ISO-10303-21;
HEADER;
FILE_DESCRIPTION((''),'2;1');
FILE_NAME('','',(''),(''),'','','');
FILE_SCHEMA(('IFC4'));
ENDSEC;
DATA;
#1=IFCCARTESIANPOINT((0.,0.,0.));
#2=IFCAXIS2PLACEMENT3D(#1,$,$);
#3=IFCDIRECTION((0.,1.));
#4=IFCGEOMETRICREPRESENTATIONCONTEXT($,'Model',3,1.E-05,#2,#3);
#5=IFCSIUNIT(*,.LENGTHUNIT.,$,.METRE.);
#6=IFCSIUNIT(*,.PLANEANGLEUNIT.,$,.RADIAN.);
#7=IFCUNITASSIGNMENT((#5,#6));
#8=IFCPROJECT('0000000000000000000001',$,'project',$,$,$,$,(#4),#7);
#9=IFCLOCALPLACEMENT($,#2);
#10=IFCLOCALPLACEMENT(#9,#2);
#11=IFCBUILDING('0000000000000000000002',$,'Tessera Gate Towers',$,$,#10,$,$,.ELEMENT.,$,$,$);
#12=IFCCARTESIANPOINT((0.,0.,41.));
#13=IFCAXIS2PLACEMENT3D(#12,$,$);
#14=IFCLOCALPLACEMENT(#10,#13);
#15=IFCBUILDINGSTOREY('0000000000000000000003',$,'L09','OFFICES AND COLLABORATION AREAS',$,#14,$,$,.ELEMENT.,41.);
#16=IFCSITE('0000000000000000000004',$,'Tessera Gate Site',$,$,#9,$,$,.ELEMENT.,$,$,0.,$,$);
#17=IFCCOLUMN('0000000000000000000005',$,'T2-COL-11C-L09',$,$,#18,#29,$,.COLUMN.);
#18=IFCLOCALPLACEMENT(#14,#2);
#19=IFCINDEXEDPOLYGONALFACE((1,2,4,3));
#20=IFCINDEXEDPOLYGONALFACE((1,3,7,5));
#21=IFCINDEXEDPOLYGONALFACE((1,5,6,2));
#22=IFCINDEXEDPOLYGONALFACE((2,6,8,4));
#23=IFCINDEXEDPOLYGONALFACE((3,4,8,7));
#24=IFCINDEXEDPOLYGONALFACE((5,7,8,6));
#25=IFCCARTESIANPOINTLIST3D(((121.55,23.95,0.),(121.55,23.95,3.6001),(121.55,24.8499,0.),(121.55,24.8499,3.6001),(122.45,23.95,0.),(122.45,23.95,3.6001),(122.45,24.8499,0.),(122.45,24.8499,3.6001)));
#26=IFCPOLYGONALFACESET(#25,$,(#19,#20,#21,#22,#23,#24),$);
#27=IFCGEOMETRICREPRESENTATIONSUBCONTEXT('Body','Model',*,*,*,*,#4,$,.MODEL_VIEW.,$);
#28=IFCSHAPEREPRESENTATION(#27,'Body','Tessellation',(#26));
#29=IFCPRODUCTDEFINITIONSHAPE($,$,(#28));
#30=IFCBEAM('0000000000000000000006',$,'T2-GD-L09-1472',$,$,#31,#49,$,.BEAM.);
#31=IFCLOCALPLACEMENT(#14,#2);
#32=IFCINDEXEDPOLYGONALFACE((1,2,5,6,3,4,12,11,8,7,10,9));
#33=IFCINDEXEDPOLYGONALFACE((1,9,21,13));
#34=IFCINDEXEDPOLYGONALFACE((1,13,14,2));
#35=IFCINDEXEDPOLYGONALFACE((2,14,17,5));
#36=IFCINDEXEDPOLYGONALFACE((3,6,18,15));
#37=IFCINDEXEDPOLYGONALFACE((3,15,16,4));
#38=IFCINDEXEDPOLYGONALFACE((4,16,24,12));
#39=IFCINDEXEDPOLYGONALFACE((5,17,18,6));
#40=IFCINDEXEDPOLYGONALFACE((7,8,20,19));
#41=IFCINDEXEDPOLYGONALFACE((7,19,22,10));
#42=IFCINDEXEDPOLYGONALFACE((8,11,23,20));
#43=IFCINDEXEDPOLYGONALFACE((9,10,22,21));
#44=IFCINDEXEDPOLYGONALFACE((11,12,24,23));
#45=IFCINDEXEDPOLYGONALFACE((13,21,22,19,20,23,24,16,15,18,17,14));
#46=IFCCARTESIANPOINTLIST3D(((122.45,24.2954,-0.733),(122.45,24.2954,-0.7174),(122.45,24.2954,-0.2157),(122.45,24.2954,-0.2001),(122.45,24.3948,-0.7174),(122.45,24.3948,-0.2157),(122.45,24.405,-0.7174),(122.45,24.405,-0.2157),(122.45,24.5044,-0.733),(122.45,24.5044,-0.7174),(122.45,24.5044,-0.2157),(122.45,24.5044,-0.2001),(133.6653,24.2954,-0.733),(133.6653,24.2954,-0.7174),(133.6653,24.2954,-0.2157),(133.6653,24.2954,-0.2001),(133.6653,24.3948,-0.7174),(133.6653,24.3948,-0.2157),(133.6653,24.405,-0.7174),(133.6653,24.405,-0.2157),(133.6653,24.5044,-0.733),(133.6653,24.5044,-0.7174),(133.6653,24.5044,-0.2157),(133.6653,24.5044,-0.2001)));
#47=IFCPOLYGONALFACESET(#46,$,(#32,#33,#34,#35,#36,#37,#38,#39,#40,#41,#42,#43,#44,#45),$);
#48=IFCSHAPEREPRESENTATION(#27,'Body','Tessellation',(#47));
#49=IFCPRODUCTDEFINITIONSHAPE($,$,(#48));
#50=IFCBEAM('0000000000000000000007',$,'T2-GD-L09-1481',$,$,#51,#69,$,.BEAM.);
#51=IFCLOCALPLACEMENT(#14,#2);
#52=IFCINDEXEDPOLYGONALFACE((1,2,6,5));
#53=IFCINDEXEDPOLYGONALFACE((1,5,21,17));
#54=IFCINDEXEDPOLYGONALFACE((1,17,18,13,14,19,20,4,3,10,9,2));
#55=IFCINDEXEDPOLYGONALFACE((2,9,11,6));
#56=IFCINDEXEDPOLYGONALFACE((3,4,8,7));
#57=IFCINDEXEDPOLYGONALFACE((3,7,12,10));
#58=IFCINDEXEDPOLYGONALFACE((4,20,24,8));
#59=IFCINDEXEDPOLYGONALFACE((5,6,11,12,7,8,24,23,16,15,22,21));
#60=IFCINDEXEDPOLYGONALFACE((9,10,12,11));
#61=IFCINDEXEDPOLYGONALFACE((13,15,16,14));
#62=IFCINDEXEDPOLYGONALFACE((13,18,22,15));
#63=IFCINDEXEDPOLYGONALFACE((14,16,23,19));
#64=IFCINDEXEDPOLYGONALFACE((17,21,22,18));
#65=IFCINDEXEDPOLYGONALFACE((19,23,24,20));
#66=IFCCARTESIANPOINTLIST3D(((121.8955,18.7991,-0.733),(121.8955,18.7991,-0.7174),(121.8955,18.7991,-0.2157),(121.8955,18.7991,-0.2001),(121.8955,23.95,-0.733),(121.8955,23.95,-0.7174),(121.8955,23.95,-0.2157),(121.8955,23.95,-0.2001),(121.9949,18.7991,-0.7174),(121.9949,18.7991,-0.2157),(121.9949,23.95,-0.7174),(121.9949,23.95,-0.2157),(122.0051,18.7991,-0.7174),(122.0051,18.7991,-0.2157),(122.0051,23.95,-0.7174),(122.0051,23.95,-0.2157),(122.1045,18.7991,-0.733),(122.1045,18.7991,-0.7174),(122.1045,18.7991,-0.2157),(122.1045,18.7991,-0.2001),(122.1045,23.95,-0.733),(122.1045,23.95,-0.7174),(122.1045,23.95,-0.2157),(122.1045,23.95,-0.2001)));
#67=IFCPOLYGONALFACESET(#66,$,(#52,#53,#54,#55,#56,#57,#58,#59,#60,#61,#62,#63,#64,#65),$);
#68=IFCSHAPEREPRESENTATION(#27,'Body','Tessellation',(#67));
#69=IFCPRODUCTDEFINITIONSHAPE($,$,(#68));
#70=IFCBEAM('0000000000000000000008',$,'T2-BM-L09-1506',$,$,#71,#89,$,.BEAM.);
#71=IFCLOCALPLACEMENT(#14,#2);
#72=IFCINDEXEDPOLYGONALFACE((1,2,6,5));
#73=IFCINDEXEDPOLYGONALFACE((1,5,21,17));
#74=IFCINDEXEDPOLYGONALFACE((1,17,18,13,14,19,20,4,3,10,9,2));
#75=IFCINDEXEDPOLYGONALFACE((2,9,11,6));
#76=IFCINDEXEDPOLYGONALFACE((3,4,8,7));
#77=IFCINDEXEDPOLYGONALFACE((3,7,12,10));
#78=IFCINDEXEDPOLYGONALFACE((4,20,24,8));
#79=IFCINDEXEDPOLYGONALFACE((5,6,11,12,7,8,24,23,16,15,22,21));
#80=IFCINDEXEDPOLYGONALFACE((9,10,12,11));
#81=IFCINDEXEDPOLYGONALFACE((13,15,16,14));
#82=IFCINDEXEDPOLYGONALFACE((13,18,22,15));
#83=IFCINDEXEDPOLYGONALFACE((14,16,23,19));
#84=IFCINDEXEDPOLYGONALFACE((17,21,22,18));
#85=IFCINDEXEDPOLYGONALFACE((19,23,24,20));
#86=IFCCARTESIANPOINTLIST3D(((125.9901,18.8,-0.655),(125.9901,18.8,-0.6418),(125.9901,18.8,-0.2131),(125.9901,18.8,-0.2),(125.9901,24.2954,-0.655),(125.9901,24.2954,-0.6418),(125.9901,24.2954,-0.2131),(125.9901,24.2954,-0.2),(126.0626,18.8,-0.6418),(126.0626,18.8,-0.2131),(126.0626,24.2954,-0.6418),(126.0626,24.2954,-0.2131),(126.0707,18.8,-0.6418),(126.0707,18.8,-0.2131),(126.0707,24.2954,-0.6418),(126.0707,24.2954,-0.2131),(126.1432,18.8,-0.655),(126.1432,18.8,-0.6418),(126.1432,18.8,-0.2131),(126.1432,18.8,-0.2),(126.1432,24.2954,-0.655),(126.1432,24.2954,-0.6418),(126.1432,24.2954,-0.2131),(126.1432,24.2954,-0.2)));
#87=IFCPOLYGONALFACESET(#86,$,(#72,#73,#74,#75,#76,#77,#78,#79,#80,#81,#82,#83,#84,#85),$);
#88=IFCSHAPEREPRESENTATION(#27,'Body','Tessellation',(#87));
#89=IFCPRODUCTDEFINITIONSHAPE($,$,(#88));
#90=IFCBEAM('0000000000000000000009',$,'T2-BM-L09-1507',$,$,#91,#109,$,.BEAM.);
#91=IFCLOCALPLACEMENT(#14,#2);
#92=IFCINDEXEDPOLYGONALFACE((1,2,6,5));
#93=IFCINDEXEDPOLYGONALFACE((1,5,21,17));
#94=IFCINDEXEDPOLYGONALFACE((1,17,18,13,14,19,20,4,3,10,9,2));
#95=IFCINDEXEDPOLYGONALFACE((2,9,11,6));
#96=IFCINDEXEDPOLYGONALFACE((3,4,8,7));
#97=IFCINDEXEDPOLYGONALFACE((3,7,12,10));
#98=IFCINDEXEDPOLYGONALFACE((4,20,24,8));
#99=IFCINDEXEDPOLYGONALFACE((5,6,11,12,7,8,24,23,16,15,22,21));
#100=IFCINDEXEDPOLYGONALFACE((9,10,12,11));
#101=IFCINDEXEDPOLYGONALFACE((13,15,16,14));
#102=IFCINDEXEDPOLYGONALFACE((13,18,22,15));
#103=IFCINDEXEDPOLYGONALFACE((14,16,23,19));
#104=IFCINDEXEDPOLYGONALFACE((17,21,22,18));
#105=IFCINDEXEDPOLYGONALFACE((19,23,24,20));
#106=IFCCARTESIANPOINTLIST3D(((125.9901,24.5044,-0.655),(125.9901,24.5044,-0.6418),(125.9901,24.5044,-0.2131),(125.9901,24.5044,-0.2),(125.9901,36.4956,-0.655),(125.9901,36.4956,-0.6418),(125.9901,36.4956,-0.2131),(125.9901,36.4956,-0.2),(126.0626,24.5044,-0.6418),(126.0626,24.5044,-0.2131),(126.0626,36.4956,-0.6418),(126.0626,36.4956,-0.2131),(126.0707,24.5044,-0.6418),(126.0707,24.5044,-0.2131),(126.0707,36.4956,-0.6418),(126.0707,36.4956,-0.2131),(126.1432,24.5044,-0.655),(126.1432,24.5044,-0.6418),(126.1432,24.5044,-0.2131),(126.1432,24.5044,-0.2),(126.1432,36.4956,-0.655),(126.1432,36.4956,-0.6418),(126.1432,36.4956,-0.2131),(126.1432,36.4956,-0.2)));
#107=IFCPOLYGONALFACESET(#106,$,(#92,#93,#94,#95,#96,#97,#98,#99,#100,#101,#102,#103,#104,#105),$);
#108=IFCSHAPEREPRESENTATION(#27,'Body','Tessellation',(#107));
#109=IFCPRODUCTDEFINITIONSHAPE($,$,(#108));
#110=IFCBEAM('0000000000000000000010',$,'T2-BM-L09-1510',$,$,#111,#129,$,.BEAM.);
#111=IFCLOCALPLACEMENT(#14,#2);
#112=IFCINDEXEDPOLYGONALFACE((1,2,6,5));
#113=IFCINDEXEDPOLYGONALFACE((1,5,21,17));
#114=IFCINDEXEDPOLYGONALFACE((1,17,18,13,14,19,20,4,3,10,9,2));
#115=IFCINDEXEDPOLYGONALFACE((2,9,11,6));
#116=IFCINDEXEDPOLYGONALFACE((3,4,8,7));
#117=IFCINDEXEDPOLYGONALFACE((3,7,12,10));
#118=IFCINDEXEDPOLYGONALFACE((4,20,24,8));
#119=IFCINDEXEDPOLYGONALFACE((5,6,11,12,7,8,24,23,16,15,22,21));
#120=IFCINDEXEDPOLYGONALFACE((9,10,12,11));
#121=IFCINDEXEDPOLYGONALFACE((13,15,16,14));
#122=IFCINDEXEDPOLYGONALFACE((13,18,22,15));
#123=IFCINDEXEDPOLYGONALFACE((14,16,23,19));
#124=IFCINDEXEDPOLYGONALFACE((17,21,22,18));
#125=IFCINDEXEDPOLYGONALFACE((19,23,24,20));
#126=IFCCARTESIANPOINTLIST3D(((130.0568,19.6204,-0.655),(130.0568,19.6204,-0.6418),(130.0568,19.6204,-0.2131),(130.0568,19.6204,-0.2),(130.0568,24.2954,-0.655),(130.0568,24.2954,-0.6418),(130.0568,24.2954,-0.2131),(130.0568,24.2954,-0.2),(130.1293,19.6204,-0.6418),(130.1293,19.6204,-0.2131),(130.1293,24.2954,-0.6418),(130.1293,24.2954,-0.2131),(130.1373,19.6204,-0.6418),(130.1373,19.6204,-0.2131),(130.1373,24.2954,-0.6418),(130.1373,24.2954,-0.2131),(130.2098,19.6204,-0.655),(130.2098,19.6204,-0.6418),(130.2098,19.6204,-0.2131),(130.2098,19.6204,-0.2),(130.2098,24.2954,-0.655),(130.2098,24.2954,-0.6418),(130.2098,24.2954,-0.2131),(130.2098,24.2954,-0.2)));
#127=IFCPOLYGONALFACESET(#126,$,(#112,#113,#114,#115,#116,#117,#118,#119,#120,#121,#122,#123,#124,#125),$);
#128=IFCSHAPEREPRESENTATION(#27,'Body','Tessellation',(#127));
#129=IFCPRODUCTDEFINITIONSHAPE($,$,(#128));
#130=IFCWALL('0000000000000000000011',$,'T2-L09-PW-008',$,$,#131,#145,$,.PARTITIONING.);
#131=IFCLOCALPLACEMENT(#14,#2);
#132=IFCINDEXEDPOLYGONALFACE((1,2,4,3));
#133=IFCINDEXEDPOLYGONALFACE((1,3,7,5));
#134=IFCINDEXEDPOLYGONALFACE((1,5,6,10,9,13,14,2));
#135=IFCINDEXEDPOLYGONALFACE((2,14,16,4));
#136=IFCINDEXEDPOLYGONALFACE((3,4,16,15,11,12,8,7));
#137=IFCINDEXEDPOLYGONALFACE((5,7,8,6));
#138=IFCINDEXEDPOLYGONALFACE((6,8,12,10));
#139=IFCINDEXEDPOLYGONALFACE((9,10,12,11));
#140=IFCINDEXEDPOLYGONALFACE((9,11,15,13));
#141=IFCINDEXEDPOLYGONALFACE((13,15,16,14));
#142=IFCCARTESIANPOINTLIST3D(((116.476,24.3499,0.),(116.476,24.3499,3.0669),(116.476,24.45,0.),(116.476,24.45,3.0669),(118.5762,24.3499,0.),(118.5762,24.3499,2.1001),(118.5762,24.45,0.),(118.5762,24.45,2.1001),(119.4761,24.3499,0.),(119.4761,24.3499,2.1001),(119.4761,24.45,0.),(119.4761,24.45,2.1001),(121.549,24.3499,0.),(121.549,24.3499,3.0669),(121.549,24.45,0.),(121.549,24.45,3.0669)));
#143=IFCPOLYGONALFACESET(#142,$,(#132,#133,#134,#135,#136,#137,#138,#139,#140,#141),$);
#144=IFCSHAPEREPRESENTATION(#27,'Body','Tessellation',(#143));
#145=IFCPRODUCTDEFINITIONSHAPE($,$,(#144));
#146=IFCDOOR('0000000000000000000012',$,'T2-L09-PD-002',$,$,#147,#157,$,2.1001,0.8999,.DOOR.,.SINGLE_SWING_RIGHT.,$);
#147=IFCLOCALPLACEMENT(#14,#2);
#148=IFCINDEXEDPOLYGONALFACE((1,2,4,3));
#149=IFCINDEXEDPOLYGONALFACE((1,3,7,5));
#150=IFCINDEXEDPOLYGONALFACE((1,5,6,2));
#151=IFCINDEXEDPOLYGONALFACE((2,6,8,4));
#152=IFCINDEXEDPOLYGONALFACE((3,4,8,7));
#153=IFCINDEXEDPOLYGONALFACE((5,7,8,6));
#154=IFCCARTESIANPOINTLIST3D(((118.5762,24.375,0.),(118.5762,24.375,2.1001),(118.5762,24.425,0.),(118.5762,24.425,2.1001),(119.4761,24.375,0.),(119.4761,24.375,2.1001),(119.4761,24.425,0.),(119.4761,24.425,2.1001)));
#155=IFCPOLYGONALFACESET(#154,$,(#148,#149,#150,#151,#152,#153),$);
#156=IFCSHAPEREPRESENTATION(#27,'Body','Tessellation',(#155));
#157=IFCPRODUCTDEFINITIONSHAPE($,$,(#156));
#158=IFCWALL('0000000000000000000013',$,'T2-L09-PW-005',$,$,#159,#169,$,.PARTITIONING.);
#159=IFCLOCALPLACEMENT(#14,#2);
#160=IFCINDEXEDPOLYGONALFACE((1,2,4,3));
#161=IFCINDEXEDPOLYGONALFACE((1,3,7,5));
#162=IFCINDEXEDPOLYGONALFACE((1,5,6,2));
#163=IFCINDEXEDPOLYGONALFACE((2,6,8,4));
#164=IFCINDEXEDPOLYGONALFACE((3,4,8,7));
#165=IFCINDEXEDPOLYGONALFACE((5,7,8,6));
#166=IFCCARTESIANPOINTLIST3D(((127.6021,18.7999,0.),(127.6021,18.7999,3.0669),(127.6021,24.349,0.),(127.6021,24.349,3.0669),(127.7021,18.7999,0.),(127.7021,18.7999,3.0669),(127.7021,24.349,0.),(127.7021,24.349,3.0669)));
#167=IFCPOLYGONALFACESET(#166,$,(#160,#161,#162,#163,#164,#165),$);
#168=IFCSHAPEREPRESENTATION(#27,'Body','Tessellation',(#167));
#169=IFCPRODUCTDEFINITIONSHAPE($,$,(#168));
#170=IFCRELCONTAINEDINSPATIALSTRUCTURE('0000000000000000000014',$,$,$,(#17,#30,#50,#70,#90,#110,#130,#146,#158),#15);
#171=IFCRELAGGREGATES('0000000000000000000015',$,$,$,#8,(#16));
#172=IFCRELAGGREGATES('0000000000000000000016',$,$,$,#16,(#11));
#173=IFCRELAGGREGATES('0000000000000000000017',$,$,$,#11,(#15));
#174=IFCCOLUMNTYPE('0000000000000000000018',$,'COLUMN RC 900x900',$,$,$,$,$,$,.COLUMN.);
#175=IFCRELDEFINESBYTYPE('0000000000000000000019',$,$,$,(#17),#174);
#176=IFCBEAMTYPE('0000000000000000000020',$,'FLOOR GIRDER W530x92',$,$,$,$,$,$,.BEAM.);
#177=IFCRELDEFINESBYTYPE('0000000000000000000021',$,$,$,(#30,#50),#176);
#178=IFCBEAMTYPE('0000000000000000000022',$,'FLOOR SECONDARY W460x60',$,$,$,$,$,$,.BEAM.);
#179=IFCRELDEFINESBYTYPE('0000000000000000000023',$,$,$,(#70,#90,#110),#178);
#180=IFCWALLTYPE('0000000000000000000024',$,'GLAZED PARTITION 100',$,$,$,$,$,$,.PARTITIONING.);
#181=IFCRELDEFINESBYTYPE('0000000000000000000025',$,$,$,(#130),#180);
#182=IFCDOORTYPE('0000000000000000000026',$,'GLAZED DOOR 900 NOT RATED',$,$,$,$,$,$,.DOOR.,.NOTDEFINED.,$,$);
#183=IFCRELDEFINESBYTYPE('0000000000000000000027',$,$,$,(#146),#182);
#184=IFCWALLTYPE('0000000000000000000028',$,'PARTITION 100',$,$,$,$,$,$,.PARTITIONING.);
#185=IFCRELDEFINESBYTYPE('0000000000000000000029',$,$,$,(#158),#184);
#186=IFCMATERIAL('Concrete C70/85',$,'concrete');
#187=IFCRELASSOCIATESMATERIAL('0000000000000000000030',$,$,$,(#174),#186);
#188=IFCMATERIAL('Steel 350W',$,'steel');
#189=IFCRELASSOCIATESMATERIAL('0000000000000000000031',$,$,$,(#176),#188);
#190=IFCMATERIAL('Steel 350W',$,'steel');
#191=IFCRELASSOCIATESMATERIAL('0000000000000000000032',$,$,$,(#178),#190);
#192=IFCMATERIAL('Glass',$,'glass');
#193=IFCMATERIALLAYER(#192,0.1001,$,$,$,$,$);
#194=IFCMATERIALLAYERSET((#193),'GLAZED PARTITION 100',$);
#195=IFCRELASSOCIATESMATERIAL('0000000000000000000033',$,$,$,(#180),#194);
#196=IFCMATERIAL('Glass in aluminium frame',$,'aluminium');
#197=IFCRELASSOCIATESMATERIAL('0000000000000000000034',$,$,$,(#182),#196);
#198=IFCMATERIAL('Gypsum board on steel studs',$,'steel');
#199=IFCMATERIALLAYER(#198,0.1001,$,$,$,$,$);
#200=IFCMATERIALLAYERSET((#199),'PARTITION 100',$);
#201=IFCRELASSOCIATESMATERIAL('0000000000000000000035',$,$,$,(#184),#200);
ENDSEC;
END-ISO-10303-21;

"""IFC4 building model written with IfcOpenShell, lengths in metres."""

from ifc_helpers import new_model, si_unit, direction, frame, frame_2d, origin, origin_2d, place, context, subcontext, project, spatial, rectangle, i_section, extrude, source, transform, mapped, material, layer, layer_set, material_profile, profile_set, type_object, element, fill, save


model = new_model("IFC4")

# Units and contexts
model_context = context("Model", 3, precision=1e-05, world=origin(), true_north=direction((0.0, 1.0)))
body_context = subcontext(model_context, "Body", "Model", "MODEL_VIEW")
ifc_project = project(units=[si_unit("LENGTHUNIT", "METRE"), si_unit("PLANEANGLEUNIT", "RADIAN")], contexts=[model_context])

# Site, building, storey
site_placement = place(None, origin())
site = spatial("IfcSite", under=ifc_project, at=site_placement, Name="Tessera Gate Site", CompositionType="ELEMENT", RefElevation=0.0)
building_placement = place(site_placement, origin())
building = spatial("IfcBuilding", under=site, at=building_placement, Name="Tessera Gate Towers", CompositionType="ELEMENT")
storey_placement = place(building_placement, frame((0.0, 0.0, 41.0)))
storey = spatial("IfcBuildingStorey", under=building, at=storey_placement, Name="L09", Description="OFFICES AND COLLABORATION AREAS", CompositionType="ELEMENT", Elevation=41.0)

# Column
ifc_material_1 = material(Name="Concrete C70/85", Category="concrete")
ifc_material_profile_1 = material_profile(ifc_material_1, rectangle(XDim=0.8999, YDim=0.8999, at=origin_2d()), Name="RC 900x900")
ifc_profile_set_1 = profile_set([ifc_material_profile_1], Name="Concrete C70/85")
column_type = type_object("IfcColumnType", Name="COLUMN RC 900x900", PredefinedType="COLUMN", material=ifc_profile_set_1)
column_placement = place(storey_placement, frame((122.0, 24.3999, 0.0), z_axis=(0.0, 0.0, 1.0), x_axis=(1.0, 0.0, 0.0)))
element("IfcColumn", 1, at=column_placement, inside=storey, type_object=column_type, Name="T2-COL-11C-L09", PredefinedType="COLUMN", context=body_context, shape_type="SweptSolid", body=[
    extrude(rectangle(XDim=0.8999, YDim=0.8999, at=origin_2d()), origin(), (0.0, 0.0, 1.0), 3.6001),
])

# Beams
ifc_material_2 = material(Name="Steel 350W", Category="steel")
ifc_material_profile_2 = material_profile(ifc_material_2, i_section(OverallWidth=0.209, OverallDepth=0.533, WebThickness=0.0103, FlangeThickness=0.0156, at=origin_2d()), Name="W530x92")
ifc_profile_set_2 = profile_set([ifc_material_profile_2], Name="Steel 350W")
beam_type_1 = type_object("IfcBeamType", Name="FLOOR GIRDER W530x92", PredefinedType="BEAM", material=ifc_profile_set_2)
beam_1_placement = place(storey_placement, frame((122.45, 24.3999, -0.4666), z_axis=(1.0, 0.0, 0.0), x_axis=(0.0, 1.0, 0.0)))
element("IfcBeam", 2, at=beam_1_placement, inside=storey, type_object=beam_type_1, Name="T2-GD-L09-1472", PredefinedType="BEAM", context=body_context, shape_type="SweptSolid", body=[
    extrude(i_section(OverallWidth=0.209, OverallDepth=0.533, WebThickness=0.0103, FlangeThickness=0.0156, at=origin_2d()), origin(), (0.0, 0.0, 1.0), 11.2153),
])
beam_2_placement = place(storey_placement, frame((122.0, 18.7991, -0.4666), z_axis=(0.0, 1.0, 0.0), x_axis=(-1.0, 0.0, 0.0)))
element("IfcBeam", 3, at=beam_2_placement, inside=storey, type_object=beam_type_1, Name="T2-GD-L09-1481", PredefinedType="BEAM", context=body_context, shape_type="SweptSolid", body=[
    extrude(i_section(OverallWidth=0.209, OverallDepth=0.533, WebThickness=0.0103, FlangeThickness=0.0156, at=origin_2d()), origin(), (0.0, 0.0, 1.0), 5.1509),
])
ifc_material_3 = material(Name="Steel 350W", Category="steel")
ifc_material_profile_3 = material_profile(ifc_material_3, i_section(OverallWidth=0.1531, OverallDepth=0.4551, WebThickness=0.0081, FlangeThickness=0.0132, at=origin_2d()), Name="W460x60")
ifc_profile_set_3 = profile_set([ifc_material_profile_3], Name="Steel 350W")
beam_type_2 = type_object("IfcBeamType", Name="FLOOR SECONDARY W460x60", PredefinedType="BEAM", material=ifc_profile_set_3)
beam_3_placement = place(storey_placement, frame((126.0667, 18.8, -0.4275), z_axis=(0.0, 1.0, 0.0), x_axis=(-1.0, 0.0, 0.0)))
element("IfcBeam", 4, at=beam_3_placement, inside=storey, type_object=beam_type_2, Name="T2-BM-L09-1506", PredefinedType="BEAM", context=body_context, shape_type="SweptSolid", body=[
    extrude(i_section(OverallWidth=0.1531, OverallDepth=0.4551, WebThickness=0.0081, FlangeThickness=0.0132, at=origin_2d()), origin(), (0.0, 0.0, 1.0), 5.4954),
])
beam_4_placement = place(storey_placement, frame((126.0667, 24.5044, -0.4275), z_axis=(0.0, 1.0, 0.0), x_axis=(-1.0, 0.0, 0.0)))
element("IfcBeam", 5, at=beam_4_placement, inside=storey, type_object=beam_type_2, Name="T2-BM-L09-1507", PredefinedType="BEAM", context=body_context, shape_type="SweptSolid", body=[
    extrude(i_section(OverallWidth=0.1531, OverallDepth=0.4551, WebThickness=0.0081, FlangeThickness=0.0132, at=origin_2d()), origin(), (0.0, 0.0, 1.0), 11.9912),
])
beam_5_placement = place(storey_placement, frame((130.1333, 19.6204, -0.4275), z_axis=(0.0, 1.0, 0.0), x_axis=(-1.0, 0.0, 0.0)))
element("IfcBeam", 6, at=beam_5_placement, inside=storey, type_object=beam_type_2, Name="T2-BM-L09-1510", PredefinedType="BEAM", context=body_context, shape_type="SweptSolid", body=[
    extrude(i_section(OverallWidth=0.1531, OverallDepth=0.4551, WebThickness=0.0081, FlangeThickness=0.0132, at=origin_2d()), origin(), (0.0, 0.0, 1.0), 4.675),
])

# Wall, opening, door
ifc_material_4 = material(Name="Glass", Category="glass")
ifc_layer_1 = layer(ifc_material_4, 0.1001)
ifc_layer_set_1 = layer_set([ifc_layer_1], Name="GLAZED PARTITION 100")
wall_type_1 = type_object("IfcWallType", Name="GLAZED PARTITION 100", PredefinedType="PARTITIONING", material=ifc_layer_set_1)
wall_1_placement = place(storey_placement, frame((121.5491, 24.3999, 0.0), z_axis=(0.0, 0.0, 1.0), x_axis=(-1.0, 0.0, 0.0)))
wall_1 = element("IfcWall", 7, at=wall_1_placement, inside=storey, type_object=wall_type_1, Name="T2-L09-PW-008", PredefinedType="PARTITIONING", context=body_context, shape_type="SweptSolid", body=[
    extrude(rectangle(XDim=5.073, YDim=0.1001, at=frame_2d((2.5366, 0.0))), origin(), (0.0, 0.0, 1.0), 3.0669),
])
shared_shape_1 = source(origin(), body_context, "Body", "SweptSolid", [
    extrude(rectangle(XDim=0.8999, YDim=2.1001, at=frame_2d((0.45, 1.05))), frame((0.0, 0.0601, 0.0), z_axis=(0.0, -1.0, 0.0), x_axis=(1.0, 0.0, 0.0)), (0.0, 0.0, 1.0), 0.1201),
])
opening_1_placement = place(wall_1_placement, frame((2.073, 0.0, 0.0)))
opening_1 = element("IfcOpeningElement", 8, at=opening_1_placement, cuts=wall_1, PredefinedType="OPENING", context=body_context, shape_type="MappedRepresentation", body=[
    mapped(shared_shape_1, transform((0.0, 0.0, 0.0), scale=1.0)),
])
ifc_material_5 = material(Name="Glass in aluminium frame", Category="aluminium")
door_type_1 = type_object("IfcDoorType", Name="GLAZED DOOR 900 NOT RATED", OperationType="NOTDEFINED", PredefinedType="DOOR", material=ifc_material_5)
shared_shape_2 = source(origin(), body_context, "Body", "SweptSolid", [
    extrude(rectangle(XDim=0.8999, YDim=2.1001, at=frame_2d((0.45, 1.05))), frame((0.0, 0.0249, 0.0), z_axis=(0.0, -1.0, 0.0), x_axis=(1.0, 0.0, 0.0)), (0.0, 0.0, 1.0), 0.05),
])
door_1_placement = place(opening_1_placement, origin())
door_1 = element("IfcDoor", 9, at=door_1_placement, inside=storey, type_object=door_type_1, Name="T2-L09-PD-002", OperationType="SINGLE_SWING_RIGHT", OverallHeight=2.1001, OverallWidth=0.8999, PredefinedType="DOOR", context=body_context, shape_type="MappedRepresentation", body=[
    mapped(shared_shape_2, transform((0.0, 0.0, 0.0), scale=1.0)),
])
fill(opening_1, door_1)

# Wall
ifc_material_6 = material(Name="Gypsum board on steel studs", Category="steel")
ifc_layer_2 = layer(ifc_material_6, 0.1001)
ifc_layer_set_2 = layer_set([ifc_layer_2], Name="PARTITION 100")
wall_type_2 = type_object("IfcWallType", Name="PARTITION 100", PredefinedType="PARTITIONING", material=ifc_layer_set_2)
wall_2_placement = place(storey_placement, frame((127.6521, 18.8, 0.0), z_axis=(0.0, 0.0, 1.0), x_axis=(0.0, 1.0, 0.0)))
element("IfcWall", 10, at=wall_2_placement, inside=storey, type_object=wall_type_2, Name="T2-L09-PW-005", PredefinedType="PARTITIONING", context=body_context, shape_type="SweptSolid", body=[
    extrude(rectangle(XDim=5.5491, YDim=0.1001, at=frame_2d((2.7744, 0.0))), origin(), (0.0, 0.0, 1.0), 3.0669),
])

save(model, "model.ifc")
